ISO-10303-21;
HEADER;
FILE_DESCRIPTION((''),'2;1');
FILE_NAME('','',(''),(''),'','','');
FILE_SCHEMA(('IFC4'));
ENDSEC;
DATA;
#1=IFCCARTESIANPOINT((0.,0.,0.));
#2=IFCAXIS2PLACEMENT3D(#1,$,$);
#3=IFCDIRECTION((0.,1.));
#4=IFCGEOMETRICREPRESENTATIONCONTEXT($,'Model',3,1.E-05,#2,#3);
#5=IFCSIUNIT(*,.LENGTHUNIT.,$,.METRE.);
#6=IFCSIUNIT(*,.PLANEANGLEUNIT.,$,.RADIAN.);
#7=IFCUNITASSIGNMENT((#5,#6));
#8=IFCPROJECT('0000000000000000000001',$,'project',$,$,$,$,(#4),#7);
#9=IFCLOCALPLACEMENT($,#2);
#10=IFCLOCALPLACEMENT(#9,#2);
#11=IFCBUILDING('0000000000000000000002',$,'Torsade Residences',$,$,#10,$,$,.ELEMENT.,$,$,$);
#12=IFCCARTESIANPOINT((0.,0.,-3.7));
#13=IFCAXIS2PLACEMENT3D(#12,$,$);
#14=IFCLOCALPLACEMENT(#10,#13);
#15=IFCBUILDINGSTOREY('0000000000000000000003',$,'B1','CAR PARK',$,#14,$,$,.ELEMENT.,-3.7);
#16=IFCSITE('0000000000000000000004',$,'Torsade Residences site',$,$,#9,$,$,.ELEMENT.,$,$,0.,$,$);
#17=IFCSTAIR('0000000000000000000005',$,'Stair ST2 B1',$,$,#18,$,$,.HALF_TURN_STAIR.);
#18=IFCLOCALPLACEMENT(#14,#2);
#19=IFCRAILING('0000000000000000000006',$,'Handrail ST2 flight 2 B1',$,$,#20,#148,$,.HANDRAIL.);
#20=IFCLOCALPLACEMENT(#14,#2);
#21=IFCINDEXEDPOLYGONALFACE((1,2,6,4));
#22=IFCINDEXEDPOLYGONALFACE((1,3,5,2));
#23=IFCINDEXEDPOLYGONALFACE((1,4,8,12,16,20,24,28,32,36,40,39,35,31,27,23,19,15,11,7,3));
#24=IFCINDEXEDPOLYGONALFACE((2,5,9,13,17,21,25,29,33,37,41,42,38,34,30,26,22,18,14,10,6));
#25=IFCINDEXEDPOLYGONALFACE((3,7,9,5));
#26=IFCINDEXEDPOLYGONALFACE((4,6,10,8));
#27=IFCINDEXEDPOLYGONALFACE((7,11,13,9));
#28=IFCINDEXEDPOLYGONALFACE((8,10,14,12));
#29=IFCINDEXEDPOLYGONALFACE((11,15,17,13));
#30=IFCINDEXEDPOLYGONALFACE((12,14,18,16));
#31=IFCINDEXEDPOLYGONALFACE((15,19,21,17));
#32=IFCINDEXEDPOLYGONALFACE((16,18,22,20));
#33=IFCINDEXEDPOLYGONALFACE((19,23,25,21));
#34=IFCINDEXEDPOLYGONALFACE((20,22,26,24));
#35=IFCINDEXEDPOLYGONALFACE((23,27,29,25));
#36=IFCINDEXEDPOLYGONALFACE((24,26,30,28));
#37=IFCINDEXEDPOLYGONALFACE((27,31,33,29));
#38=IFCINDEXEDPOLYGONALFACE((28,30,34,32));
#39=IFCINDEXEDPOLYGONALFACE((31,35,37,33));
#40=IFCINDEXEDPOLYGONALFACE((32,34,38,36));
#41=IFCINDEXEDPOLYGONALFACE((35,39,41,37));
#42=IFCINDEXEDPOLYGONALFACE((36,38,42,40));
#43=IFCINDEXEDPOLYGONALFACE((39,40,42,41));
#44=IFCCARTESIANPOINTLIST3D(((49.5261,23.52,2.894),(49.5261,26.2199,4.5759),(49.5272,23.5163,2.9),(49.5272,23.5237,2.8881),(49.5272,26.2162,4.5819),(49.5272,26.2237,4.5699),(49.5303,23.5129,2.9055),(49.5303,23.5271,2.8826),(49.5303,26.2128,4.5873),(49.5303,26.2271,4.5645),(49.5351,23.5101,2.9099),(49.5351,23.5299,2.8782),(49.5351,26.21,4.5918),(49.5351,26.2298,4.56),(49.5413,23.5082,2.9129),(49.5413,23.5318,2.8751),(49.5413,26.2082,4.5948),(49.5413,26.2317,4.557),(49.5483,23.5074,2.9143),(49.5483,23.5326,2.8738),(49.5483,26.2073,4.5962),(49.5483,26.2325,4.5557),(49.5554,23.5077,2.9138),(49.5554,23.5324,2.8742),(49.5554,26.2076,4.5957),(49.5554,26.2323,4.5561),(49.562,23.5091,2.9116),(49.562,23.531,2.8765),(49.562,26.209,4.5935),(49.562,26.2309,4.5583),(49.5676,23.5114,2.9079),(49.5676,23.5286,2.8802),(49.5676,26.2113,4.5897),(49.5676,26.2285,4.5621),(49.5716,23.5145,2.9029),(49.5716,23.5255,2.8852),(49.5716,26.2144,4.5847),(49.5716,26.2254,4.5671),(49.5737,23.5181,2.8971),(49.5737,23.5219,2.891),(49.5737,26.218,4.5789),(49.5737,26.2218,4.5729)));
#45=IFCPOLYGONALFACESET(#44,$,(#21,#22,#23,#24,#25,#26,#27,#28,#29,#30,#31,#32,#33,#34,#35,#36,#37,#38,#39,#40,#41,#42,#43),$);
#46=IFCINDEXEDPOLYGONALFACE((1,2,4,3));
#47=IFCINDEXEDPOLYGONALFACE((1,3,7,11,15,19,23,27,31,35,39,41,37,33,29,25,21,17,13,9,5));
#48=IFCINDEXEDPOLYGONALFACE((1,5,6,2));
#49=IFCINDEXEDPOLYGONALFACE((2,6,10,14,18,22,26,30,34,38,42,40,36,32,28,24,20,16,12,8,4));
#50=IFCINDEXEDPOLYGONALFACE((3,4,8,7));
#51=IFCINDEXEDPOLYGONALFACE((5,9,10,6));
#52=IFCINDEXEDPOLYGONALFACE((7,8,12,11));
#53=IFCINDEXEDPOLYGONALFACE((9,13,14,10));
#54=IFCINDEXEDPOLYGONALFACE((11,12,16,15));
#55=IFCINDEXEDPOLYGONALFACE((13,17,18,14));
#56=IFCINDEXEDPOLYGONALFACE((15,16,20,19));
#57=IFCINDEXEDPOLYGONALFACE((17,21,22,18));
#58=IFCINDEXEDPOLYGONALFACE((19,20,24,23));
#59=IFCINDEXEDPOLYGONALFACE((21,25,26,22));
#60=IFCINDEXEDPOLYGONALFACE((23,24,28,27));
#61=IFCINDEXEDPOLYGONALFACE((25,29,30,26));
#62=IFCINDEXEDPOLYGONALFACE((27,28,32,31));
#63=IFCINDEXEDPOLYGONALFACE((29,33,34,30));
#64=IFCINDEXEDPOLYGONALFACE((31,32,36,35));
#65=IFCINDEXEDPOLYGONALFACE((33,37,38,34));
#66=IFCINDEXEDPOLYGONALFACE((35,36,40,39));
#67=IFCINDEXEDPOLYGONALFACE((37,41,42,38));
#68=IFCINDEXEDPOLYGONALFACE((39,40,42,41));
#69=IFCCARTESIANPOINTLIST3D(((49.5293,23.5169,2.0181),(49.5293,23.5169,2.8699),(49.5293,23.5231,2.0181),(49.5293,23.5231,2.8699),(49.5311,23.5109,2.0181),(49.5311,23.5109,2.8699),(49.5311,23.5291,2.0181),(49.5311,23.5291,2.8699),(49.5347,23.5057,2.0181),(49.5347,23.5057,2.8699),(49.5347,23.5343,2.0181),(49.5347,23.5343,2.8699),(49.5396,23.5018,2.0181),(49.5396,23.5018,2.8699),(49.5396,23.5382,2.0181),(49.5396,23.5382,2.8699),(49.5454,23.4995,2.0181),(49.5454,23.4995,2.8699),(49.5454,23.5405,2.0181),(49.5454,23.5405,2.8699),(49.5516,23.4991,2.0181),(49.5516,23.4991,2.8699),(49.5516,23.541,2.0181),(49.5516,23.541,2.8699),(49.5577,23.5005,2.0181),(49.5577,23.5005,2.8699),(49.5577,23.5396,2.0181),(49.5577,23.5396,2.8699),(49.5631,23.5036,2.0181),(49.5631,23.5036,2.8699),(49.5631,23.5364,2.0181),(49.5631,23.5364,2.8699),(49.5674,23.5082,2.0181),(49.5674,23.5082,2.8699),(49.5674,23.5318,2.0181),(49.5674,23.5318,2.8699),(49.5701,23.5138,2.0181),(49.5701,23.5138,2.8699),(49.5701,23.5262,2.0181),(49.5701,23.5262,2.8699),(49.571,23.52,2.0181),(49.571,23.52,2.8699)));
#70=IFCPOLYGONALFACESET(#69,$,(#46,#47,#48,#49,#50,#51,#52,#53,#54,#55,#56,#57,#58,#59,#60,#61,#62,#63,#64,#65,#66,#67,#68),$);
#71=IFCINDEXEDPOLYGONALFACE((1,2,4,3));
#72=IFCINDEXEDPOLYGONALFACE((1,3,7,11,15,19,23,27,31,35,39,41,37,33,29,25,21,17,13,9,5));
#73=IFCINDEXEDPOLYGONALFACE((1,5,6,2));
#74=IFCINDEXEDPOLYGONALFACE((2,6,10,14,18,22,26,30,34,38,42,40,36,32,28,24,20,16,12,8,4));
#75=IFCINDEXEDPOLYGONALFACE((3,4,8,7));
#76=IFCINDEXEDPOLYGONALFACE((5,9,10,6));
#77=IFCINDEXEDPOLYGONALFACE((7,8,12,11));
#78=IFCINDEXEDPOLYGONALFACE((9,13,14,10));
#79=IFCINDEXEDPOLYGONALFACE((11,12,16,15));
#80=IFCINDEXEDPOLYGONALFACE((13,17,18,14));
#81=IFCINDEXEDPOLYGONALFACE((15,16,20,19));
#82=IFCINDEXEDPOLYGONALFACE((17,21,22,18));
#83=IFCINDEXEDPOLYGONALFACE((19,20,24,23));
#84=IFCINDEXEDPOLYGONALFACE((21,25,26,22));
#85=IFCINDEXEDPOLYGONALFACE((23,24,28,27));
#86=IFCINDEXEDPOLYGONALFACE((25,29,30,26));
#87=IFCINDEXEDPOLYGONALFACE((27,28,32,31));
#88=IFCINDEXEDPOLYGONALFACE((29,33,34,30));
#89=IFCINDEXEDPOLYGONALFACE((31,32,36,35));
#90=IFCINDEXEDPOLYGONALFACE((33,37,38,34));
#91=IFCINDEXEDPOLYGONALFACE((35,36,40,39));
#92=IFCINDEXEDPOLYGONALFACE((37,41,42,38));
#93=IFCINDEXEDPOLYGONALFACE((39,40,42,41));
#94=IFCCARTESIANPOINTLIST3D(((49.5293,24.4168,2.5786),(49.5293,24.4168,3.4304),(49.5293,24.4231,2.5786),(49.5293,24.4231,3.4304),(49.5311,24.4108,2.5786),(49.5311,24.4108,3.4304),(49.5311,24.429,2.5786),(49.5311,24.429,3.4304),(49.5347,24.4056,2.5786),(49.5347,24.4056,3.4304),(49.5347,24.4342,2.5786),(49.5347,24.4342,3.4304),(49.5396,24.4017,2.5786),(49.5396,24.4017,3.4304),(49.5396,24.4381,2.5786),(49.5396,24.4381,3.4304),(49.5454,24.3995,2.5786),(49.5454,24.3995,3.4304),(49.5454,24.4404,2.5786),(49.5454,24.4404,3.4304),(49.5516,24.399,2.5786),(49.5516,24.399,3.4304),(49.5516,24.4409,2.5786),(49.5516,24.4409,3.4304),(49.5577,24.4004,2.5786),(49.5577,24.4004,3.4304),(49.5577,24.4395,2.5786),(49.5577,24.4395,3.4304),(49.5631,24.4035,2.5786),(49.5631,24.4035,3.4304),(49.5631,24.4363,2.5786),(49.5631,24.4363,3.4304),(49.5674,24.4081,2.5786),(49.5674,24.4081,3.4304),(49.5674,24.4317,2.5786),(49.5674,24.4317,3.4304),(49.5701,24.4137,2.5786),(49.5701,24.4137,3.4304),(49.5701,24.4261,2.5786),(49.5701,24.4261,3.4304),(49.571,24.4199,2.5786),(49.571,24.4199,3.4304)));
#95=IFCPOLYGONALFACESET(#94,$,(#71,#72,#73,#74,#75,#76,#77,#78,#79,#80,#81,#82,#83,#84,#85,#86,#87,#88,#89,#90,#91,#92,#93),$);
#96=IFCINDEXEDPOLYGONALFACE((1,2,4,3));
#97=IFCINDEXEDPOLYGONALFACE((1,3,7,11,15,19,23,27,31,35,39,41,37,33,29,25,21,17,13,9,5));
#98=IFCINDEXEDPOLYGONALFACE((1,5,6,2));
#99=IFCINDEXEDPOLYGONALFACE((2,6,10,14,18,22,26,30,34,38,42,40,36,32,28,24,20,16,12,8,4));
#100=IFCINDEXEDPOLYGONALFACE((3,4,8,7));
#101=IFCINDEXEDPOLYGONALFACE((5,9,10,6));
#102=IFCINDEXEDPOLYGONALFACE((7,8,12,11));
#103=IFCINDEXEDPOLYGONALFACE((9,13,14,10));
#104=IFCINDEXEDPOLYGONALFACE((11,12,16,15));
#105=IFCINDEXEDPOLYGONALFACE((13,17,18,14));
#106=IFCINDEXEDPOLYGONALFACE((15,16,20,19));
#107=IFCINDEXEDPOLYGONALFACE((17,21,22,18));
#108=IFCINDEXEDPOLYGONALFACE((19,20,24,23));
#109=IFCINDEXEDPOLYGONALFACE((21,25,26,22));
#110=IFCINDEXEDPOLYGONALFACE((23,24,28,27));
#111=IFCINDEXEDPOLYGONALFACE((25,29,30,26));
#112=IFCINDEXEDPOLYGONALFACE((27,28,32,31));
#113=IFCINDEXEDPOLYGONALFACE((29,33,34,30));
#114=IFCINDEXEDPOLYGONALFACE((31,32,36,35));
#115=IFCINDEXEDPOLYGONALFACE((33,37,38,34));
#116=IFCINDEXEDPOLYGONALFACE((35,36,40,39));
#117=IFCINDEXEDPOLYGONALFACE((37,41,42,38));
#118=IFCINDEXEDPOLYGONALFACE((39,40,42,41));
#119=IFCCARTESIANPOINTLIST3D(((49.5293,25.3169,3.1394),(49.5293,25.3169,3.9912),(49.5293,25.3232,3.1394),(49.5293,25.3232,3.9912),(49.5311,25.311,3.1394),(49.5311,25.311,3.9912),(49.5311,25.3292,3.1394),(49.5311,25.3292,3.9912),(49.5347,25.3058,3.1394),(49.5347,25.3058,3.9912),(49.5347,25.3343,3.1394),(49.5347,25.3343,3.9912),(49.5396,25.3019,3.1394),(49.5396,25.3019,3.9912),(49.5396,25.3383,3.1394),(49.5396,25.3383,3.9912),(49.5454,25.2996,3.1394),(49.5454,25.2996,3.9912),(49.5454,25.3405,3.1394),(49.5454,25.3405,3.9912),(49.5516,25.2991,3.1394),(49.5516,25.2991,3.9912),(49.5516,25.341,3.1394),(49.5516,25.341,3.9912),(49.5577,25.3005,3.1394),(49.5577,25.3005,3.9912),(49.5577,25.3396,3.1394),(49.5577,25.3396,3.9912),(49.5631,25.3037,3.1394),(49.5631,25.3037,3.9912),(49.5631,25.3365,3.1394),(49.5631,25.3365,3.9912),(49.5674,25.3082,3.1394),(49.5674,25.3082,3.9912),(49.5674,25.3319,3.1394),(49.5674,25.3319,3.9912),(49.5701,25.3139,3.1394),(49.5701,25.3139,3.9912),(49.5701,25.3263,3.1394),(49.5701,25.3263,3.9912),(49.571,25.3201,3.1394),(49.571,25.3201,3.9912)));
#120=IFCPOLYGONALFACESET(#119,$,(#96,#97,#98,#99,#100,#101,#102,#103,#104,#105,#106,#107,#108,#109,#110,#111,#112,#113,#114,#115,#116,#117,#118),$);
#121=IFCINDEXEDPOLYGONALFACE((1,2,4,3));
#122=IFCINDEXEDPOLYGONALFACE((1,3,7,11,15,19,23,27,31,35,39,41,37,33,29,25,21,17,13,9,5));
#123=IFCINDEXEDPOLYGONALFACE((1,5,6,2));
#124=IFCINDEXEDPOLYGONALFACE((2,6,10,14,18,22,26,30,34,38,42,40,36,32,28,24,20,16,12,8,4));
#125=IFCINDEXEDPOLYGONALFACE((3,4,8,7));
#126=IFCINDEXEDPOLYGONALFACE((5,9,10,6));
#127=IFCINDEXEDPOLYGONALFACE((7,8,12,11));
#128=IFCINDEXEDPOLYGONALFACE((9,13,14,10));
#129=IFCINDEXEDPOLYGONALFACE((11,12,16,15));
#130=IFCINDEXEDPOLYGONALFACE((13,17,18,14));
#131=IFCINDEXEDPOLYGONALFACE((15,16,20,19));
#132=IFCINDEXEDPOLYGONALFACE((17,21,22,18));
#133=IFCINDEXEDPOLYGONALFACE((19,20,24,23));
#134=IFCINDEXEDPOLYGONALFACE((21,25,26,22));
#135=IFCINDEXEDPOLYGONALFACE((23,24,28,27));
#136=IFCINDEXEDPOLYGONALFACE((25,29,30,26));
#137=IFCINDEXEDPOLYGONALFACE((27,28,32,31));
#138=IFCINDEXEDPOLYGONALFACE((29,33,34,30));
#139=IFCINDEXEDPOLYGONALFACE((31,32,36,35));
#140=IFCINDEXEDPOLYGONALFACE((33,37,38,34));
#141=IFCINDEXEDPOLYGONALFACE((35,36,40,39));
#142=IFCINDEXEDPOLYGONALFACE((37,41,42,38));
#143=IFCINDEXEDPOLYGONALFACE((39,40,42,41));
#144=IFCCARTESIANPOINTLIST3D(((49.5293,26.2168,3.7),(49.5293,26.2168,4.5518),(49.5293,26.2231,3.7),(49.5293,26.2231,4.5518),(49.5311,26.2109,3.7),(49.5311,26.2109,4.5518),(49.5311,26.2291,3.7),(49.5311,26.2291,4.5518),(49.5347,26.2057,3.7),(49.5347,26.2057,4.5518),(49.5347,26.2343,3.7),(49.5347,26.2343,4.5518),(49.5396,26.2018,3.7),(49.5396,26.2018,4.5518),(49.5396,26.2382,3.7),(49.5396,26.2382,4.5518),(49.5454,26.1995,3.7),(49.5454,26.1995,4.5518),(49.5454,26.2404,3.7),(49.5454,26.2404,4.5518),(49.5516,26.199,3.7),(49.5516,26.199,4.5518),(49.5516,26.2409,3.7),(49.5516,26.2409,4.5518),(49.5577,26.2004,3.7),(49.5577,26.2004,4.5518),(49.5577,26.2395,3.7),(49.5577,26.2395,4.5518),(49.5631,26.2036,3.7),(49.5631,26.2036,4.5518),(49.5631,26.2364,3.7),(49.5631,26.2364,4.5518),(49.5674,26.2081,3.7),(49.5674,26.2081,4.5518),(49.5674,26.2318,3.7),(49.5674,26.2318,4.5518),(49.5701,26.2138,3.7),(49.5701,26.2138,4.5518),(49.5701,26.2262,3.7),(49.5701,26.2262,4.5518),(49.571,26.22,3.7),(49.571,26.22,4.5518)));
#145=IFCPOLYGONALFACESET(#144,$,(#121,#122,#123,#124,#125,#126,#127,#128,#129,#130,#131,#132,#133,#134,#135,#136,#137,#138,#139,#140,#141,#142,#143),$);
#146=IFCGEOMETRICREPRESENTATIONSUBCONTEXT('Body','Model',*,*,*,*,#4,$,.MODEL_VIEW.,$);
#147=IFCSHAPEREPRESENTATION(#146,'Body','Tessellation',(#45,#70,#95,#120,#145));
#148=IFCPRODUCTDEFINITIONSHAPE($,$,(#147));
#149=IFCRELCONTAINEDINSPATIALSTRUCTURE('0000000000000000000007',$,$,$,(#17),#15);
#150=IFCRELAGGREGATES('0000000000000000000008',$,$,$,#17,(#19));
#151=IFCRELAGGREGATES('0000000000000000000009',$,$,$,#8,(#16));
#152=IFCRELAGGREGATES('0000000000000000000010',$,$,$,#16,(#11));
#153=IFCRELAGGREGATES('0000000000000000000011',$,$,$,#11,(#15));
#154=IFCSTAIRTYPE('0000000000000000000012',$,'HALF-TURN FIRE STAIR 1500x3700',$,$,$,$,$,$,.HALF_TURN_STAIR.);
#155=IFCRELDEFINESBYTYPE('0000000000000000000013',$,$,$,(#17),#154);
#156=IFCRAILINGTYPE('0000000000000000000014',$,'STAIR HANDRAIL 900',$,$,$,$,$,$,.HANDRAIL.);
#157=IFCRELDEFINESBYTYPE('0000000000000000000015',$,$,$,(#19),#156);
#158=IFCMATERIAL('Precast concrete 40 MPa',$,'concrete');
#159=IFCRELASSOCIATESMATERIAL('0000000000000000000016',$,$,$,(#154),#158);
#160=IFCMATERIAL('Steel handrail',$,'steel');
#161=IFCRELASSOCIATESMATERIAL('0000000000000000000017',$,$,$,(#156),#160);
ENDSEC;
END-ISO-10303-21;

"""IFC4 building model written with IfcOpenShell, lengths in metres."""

from ifc_helpers import new_model, si_unit, direction, frame, origin, origin_2d, place, context, subcontext, project, spatial, circle, extrude, material, type_object, element, aggregate, save


model = new_model("IFC4")

# Units and contexts
model_context = context("Model", 3, precision=1e-05, world=origin(), true_north=direction((0.0, 1.0)))
body_context = subcontext(model_context, "Body", "Model", "MODEL_VIEW")
ifc_project = project(units=[si_unit("LENGTHUNIT", "METRE"), si_unit("PLANEANGLEUNIT", "RADIAN")], contexts=[model_context])

# Site, building, storey
site_placement = place(None, origin())
site = spatial("IfcSite", under=ifc_project, at=site_placement, Name="Torsade Residences site", CompositionType="ELEMENT", RefElevation=0.0)
building_placement = place(site_placement, origin())
building = spatial("IfcBuilding", under=site, at=building_placement, Name="Torsade Residences", CompositionType="ELEMENT")
storey_placement = place(building_placement, frame((0.0, 0.0, -3.7)))
storey = spatial("IfcBuildingStorey", under=building, at=storey_placement, Name="B1", Description="CAR PARK", CompositionType="ELEMENT", Elevation=-3.7)

# Stair, railing
ifc_material_1 = material(Name="Precast concrete 40 MPa", Category="concrete")
stair_type = type_object("IfcStairType", Name="HALF-TURN FIRE STAIR 1500x3700", PredefinedType="HALF_TURN_STAIR", material=ifc_material_1)
stair_placement = place(storey_placement, origin())
stair = element("IfcStair", 1, at=stair_placement, inside=storey, type_object=stair_type, Name="Stair ST2 B1", PredefinedType="HALF_TURN_STAIR")
ifc_material_2 = material(Name="Steel handrail", Category="steel")
railing_type = type_object("IfcRailingType", Name="STAIR HANDRAIL 900", PredefinedType="HANDRAIL", material=ifc_material_2)
railing_1_placement = place(storey_placement, frame((49.55, 23.52, 2.0181)))
railing_1 = element("IfcRailing", 2, at=railing_1_placement, type_object=railing_type, Name="Handrail ST2 flight 2 B1", PredefinedType="HANDRAIL", context=body_context, shape_type="SweptSolid", body=[
    extrude(circle(Radius=0.0239, at=origin_2d()), frame((0.0, 0.0, 0.876), z_axis=(0.0, 0.848786, 0.528736), x_axis=(-1.0, 0.0, 0.0)), (0.0, 0.0, 1.0), 3.1809),
    extrude(circle(Radius=0.021, at=origin_2d()), origin(), (0.0, 0.0, 1.0), 0.8518),
    extrude(circle(Radius=0.021, at=origin_2d()), frame((0.0, 0.8999, 0.5605)), (0.0, 0.0, 1.0), 0.8518),
    extrude(circle(Radius=0.021, at=origin_2d()), frame((0.0, 1.8, 1.1213)), (0.0, 0.0, 1.0), 0.8518),
    extrude(circle(Radius=0.021, at=origin_2d()), frame((0.0, 2.7, 1.6819)), (0.0, 0.0, 1.0), 0.8518),
])
aggregate(stair, [railing_1])

save(model, "model.ifc")
